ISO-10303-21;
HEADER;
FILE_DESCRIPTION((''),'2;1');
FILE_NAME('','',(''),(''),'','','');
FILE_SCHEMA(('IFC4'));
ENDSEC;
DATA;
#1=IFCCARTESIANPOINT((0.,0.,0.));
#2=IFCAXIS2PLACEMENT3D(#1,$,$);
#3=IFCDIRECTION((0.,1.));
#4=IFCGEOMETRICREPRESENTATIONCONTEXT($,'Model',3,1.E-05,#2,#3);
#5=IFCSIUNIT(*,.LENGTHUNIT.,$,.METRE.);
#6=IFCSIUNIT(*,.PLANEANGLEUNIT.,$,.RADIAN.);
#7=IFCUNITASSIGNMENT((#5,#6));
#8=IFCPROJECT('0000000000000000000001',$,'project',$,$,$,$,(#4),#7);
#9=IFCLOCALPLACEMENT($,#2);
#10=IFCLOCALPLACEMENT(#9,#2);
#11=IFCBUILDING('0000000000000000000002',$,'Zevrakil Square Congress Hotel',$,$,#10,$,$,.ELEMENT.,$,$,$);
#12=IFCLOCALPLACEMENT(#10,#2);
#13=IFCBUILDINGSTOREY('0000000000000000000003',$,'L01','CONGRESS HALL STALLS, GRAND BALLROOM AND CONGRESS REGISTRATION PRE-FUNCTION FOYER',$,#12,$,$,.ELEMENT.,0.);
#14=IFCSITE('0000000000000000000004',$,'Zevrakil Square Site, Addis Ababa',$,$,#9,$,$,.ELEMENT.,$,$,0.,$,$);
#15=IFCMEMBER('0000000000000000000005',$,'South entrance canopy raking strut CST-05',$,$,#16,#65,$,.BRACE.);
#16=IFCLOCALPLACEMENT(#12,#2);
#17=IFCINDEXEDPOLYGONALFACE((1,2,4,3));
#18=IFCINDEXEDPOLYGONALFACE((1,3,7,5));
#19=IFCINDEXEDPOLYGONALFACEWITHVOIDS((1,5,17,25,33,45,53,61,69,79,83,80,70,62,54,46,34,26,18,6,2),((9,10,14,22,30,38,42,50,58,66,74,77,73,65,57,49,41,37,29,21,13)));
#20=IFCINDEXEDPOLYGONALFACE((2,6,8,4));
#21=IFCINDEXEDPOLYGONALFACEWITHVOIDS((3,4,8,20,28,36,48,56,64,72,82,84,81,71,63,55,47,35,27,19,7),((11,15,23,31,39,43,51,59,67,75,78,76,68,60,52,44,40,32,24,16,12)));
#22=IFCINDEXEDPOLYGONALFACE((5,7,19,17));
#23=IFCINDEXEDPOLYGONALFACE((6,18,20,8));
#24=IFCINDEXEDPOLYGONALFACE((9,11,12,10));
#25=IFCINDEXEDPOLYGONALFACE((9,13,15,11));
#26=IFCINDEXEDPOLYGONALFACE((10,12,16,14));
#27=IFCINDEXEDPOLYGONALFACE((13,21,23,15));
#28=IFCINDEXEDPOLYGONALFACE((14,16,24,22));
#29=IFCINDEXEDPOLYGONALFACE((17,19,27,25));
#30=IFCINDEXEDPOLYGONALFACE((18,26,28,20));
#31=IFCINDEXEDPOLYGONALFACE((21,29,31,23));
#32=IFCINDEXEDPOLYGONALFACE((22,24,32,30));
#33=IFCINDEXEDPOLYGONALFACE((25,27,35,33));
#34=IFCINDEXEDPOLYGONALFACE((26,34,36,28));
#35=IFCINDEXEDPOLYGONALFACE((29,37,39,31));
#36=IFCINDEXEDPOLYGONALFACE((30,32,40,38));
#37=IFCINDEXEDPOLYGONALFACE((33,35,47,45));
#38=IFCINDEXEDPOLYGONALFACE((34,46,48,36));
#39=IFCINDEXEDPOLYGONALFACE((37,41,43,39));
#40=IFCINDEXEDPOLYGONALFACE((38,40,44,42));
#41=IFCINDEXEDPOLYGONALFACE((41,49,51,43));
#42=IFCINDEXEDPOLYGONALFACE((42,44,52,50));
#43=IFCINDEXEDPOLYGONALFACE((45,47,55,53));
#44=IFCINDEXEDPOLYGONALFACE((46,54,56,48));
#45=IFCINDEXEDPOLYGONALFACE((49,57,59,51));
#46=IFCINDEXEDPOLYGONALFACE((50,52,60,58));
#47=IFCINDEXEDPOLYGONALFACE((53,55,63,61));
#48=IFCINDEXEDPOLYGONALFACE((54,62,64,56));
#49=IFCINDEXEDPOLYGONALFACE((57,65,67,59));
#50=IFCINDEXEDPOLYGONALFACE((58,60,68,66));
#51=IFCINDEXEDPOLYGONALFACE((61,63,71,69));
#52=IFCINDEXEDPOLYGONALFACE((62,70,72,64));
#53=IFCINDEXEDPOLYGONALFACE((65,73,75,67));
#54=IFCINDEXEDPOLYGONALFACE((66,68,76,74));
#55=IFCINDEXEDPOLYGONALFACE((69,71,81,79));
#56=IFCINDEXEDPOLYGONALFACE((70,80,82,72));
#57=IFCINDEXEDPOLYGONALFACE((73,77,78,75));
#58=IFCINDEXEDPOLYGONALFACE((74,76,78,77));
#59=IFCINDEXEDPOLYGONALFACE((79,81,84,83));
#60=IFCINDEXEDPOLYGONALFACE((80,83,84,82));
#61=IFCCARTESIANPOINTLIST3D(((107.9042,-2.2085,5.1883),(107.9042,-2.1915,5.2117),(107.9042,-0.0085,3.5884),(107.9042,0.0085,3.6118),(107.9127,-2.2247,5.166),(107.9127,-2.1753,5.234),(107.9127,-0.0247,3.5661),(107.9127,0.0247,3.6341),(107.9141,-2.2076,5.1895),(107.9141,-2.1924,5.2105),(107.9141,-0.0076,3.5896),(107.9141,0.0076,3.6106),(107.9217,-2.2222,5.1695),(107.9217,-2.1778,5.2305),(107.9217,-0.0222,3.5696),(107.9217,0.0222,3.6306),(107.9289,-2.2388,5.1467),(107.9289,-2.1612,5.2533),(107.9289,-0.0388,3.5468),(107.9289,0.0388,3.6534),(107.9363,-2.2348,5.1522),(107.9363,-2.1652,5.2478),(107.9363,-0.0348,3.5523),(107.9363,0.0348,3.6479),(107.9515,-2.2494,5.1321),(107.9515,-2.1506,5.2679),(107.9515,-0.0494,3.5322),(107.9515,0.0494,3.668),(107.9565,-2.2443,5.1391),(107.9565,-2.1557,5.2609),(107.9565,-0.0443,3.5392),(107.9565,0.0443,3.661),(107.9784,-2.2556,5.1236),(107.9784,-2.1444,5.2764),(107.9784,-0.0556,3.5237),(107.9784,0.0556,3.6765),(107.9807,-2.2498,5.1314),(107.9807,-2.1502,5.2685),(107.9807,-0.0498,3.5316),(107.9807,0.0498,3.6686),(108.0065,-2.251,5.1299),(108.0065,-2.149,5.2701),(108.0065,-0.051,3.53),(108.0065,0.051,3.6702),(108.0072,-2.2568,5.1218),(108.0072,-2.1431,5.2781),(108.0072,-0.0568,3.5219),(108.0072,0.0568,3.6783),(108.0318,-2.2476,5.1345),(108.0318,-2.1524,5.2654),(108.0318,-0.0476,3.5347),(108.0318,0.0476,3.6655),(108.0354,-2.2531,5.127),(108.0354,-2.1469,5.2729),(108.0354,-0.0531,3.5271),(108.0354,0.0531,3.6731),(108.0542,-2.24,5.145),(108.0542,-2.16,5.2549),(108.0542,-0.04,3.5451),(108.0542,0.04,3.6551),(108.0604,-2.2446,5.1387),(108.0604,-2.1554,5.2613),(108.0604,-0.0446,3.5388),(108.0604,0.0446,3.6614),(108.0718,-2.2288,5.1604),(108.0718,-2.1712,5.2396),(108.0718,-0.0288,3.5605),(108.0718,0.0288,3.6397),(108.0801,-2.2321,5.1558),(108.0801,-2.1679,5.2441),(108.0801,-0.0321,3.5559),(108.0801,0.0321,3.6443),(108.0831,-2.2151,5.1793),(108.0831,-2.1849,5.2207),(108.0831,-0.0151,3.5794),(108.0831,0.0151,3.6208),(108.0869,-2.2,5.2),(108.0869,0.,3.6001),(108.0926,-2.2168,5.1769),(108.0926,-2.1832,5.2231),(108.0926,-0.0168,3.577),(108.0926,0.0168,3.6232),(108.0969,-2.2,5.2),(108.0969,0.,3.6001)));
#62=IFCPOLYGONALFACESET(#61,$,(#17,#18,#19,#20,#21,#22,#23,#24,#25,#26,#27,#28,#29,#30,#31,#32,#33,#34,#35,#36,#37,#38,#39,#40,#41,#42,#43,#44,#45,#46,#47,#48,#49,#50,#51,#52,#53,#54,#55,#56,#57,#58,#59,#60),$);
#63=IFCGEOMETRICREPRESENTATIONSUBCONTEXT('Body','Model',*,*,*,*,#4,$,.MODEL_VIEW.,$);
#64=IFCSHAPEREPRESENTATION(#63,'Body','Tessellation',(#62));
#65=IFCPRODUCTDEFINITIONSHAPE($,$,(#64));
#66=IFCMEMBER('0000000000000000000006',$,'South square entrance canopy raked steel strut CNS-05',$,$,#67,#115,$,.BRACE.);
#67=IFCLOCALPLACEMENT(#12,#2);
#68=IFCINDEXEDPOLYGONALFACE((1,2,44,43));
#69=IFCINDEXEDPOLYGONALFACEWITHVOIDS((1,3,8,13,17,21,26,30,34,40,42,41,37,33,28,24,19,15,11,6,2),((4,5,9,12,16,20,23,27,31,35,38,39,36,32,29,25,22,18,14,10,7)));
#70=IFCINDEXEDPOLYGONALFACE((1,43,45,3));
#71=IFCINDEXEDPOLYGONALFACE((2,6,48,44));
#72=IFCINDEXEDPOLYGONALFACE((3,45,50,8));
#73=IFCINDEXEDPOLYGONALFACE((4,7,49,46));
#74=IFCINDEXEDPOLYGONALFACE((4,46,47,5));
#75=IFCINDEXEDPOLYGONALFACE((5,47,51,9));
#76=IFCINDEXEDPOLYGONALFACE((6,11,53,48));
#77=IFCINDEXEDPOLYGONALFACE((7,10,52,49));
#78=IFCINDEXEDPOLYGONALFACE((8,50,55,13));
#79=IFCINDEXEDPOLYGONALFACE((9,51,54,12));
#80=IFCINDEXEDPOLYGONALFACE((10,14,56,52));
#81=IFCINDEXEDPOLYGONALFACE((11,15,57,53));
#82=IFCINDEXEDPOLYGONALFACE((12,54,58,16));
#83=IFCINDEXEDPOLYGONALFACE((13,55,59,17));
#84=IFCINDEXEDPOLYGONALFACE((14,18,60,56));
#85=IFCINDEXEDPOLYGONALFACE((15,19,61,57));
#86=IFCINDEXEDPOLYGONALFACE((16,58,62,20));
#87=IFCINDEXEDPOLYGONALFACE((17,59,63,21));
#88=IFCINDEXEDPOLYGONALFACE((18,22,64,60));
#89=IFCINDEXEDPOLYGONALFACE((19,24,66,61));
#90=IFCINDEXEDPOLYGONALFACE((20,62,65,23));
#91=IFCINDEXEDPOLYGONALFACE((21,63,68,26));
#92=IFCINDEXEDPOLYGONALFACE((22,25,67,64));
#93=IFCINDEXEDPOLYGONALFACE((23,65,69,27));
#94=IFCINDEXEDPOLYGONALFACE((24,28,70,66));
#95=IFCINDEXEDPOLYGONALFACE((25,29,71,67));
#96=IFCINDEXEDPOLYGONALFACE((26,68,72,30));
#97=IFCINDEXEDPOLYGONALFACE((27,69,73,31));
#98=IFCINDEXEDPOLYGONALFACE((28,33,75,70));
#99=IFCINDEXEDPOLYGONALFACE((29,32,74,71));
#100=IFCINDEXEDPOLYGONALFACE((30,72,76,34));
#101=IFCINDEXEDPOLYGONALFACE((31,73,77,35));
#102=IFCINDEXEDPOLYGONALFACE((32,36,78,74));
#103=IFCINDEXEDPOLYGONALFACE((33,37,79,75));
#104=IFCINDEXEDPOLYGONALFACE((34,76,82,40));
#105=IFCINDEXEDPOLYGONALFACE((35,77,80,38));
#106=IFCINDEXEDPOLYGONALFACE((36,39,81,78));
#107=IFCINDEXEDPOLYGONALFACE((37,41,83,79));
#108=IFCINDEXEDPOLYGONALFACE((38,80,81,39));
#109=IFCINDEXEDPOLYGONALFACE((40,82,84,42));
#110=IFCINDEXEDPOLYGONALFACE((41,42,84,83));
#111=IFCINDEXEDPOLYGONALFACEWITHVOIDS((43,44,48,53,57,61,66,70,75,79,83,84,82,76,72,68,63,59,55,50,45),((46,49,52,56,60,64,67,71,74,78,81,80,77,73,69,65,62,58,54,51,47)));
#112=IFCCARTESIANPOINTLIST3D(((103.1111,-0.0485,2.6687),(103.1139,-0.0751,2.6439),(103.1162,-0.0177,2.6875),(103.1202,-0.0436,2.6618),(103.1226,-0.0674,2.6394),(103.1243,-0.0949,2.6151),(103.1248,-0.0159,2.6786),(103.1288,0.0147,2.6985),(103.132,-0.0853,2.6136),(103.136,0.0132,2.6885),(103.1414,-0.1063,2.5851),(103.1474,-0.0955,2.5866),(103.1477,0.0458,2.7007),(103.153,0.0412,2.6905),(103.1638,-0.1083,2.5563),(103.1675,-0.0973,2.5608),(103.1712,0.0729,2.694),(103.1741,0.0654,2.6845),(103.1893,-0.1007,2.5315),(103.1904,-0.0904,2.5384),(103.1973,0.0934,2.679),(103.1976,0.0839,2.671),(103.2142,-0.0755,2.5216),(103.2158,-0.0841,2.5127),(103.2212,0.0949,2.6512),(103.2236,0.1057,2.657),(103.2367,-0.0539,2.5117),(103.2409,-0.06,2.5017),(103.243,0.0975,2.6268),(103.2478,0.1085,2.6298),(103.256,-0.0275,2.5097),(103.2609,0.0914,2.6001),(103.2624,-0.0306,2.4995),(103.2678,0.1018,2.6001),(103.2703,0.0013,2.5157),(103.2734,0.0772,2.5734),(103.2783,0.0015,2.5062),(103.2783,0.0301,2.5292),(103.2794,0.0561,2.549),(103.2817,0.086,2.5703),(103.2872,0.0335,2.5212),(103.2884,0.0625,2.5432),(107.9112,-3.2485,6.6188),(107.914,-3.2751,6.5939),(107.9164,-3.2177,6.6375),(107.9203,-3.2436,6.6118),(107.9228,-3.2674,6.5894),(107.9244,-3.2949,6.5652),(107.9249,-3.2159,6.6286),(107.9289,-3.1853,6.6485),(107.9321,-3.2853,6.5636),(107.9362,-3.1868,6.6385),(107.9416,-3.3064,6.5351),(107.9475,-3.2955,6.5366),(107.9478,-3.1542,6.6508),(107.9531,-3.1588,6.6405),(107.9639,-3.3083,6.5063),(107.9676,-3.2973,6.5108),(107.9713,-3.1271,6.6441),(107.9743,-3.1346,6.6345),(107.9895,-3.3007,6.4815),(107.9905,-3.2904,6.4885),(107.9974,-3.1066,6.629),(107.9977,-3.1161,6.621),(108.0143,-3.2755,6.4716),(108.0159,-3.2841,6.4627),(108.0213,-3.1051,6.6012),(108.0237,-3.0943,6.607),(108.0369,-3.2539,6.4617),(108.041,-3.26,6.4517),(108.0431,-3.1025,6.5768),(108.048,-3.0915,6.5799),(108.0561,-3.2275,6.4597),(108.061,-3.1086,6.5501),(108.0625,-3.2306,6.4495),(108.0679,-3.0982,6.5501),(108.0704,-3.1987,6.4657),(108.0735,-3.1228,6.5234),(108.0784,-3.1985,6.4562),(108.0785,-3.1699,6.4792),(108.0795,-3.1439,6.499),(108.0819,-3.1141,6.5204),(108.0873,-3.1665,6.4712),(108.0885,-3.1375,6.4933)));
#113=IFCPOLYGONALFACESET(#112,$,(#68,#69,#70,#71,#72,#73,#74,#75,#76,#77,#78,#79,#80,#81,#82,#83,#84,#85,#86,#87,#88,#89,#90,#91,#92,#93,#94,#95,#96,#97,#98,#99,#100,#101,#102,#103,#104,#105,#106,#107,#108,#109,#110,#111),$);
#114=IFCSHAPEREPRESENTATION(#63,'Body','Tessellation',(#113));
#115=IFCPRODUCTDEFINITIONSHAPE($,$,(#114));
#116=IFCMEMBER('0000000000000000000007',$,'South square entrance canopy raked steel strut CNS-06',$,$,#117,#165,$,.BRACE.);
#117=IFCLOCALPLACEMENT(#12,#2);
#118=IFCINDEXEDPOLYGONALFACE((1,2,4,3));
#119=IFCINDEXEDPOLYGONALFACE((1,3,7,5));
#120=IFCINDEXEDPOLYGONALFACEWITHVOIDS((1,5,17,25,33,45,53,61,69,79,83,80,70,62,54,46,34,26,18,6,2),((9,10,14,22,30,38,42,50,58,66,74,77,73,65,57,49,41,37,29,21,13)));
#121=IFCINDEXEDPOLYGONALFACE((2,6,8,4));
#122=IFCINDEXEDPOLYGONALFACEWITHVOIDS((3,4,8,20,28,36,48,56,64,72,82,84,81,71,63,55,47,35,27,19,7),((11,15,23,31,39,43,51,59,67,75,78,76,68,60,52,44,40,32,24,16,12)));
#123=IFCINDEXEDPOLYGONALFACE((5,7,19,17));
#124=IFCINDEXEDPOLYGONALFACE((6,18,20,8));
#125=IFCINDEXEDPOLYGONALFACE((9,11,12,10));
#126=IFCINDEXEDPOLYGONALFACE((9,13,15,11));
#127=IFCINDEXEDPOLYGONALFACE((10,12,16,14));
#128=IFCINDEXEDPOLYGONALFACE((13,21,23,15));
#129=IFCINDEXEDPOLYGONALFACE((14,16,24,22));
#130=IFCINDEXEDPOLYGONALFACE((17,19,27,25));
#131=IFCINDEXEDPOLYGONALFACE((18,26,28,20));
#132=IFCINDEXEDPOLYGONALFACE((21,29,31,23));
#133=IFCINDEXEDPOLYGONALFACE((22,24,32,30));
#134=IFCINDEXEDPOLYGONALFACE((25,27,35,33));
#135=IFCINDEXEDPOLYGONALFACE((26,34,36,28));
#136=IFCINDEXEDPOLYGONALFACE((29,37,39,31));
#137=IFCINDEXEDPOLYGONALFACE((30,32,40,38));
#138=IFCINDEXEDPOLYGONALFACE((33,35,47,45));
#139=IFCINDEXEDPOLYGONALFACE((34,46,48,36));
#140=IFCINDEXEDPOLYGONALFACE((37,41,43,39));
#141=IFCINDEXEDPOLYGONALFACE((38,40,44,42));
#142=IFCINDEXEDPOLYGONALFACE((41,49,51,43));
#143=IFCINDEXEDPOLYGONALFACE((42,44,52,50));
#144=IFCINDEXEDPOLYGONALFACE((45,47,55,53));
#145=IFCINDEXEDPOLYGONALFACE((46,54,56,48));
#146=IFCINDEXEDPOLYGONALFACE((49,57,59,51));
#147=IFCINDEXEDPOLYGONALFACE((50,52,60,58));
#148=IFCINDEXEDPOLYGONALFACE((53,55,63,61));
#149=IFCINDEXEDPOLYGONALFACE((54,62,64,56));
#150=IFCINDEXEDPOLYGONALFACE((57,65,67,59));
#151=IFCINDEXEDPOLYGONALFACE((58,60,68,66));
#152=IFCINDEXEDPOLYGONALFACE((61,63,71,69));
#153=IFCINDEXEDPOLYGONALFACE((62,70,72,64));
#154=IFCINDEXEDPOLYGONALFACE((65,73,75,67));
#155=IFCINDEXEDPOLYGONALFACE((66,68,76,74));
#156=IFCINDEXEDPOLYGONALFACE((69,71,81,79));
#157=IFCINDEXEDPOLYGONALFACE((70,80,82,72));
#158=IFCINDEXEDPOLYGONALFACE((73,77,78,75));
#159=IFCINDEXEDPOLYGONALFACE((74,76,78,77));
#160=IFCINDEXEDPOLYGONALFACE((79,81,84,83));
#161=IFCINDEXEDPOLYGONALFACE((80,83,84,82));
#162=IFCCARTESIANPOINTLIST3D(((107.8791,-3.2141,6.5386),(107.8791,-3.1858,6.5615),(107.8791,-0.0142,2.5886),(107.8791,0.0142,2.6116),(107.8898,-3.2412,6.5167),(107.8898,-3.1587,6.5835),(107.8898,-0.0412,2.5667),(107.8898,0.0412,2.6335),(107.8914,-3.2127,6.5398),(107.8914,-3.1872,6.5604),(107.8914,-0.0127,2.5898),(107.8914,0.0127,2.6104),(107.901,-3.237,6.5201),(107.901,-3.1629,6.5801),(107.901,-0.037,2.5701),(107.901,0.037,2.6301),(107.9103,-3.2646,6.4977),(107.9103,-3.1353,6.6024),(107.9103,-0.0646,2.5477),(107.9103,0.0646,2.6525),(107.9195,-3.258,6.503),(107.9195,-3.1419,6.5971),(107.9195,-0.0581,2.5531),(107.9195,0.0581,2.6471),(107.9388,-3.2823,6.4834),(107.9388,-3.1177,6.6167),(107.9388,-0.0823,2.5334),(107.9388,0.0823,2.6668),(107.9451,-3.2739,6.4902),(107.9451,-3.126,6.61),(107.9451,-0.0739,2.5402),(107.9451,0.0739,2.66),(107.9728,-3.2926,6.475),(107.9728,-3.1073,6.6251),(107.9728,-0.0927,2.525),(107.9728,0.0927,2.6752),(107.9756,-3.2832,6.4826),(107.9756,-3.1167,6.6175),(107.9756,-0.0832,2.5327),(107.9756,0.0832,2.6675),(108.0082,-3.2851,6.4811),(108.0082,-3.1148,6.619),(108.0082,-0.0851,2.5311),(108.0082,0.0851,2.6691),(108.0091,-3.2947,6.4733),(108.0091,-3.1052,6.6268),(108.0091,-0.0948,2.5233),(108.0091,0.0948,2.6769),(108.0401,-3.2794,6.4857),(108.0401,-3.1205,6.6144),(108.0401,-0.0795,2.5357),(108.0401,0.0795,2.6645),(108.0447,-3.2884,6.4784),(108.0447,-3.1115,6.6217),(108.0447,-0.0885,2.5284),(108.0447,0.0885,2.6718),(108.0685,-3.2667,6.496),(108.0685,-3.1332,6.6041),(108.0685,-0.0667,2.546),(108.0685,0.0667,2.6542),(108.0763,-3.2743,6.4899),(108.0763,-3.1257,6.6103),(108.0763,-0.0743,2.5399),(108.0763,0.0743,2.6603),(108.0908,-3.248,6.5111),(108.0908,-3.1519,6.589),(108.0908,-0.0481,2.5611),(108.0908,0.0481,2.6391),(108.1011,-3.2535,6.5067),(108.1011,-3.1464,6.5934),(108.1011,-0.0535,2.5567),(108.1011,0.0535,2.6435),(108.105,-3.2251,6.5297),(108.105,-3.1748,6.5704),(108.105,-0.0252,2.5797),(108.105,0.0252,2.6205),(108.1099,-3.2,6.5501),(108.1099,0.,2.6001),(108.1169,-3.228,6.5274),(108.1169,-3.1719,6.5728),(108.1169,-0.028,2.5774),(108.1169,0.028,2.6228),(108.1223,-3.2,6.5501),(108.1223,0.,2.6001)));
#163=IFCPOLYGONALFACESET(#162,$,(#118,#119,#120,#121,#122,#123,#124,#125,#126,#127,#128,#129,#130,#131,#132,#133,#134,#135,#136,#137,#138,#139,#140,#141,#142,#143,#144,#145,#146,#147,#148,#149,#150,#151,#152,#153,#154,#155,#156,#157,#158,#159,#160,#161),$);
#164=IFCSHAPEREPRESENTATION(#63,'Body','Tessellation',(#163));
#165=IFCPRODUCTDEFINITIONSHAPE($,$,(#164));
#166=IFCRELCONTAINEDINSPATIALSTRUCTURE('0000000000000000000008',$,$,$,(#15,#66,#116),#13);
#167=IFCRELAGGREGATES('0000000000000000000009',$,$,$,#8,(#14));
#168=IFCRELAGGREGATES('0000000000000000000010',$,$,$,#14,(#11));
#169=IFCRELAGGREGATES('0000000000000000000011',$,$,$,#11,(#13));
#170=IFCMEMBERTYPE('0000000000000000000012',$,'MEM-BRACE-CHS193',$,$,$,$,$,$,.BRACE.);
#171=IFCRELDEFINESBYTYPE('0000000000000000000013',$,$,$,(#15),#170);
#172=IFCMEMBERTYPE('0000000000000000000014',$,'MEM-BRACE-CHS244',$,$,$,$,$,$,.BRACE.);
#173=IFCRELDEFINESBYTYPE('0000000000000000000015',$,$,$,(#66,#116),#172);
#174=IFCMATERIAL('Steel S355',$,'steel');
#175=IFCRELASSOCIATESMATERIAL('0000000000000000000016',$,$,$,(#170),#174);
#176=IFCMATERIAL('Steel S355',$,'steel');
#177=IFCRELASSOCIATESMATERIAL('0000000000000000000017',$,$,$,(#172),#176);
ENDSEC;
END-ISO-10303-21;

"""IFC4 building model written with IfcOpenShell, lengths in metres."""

from ifc_helpers import new_model, si_unit, direction, frame, origin, origin_2d, place, context, subcontext, project, spatial, hollow_circle, extrude, material, material_profile, profile_set, type_object, element, save


model = new_model("IFC4")

# Units and contexts
model_context = context("Model", 3, precision=1e-05, world=origin(), true_north=direction((0.0, 1.0)))
body_context = subcontext(model_context, "Body", "Model", "MODEL_VIEW")
ifc_project = project(units=[si_unit("LENGTHUNIT", "METRE"), si_unit("PLANEANGLEUNIT", "RADIAN")], contexts=[model_context])

# Site, building, storey
site_placement = place(None, origin())
site = spatial("IfcSite", under=ifc_project, at=site_placement, Name="Zevrakil Square Site, Addis Ababa", CompositionType="ELEMENT", RefElevation=0.0)
building_placement = place(site_placement, origin())
building = spatial("IfcBuilding", under=site, at=building_placement, Name="Zevrakil Square Congress Hotel", CompositionType="ELEMENT")
storey_placement = place(building_placement, origin())
storey = spatial("IfcBuildingStorey", under=building, at=storey_placement, Name="L01", Description="CONGRESS HALL STALLS, GRAND BALLROOM AND CONGRESS REGISTRATION PRE-FUNCTION FOYER", CompositionType="ELEMENT", Elevation=0.0)

# Members
ifc_material_1 = material(Name="Steel S355", Category="steel")
ifc_material_profile_1 = material_profile(ifc_material_1, hollow_circle(Radius=0.0969, WallThickness=0.01, at=origin_2d()), Name="CHS 193.7x10")
ifc_profile_set_1 = profile_set([ifc_material_profile_1], Name="Steel S355")
member_type_1 = type_object("IfcMemberType", Name="MEM-BRACE-CHS193", PredefinedType="BRACE", material=ifc_profile_set_1)
member_1_placement = place(storey_placement, frame((108.0, 0.0, 3.6001), z_axis=(0.0, -0.808755, 0.588145), x_axis=(1.0, 0.0, 0.0)))
element("IfcMember", 1, at=member_1_placement, inside=storey, type_object=member_type_1, Name="South entrance canopy raking strut CST-05", PredefinedType="BRACE", context=body_context, shape_type="SweptSolid", body=[
    extrude(hollow_circle(Radius=0.0969, WallThickness=0.01, at=origin_2d()), origin(), (0.0, 0.0, 1.0), 2.7202),
])
ifc_material_2 = material(Name="Steel S355", Category="steel")
ifc_material_profile_2 = material_profile(ifc_material_2, hollow_circle(Radius=0.1223, WallThickness=0.0125, at=origin_2d()), Name="CHS 244.5x12.5")
ifc_profile_set_2 = profile_set([ifc_material_profile_2], Name="Steel S355")
member_type_2 = type_object("IfcMemberType", Name="MEM-BRACE-CHS244", PredefinedType="BRACE", material=ifc_profile_set_2)
member_2_placement = place(storey_placement, frame((103.2, 0.0, 2.6001), z_axis=(0.686547, -0.457686, 0.564958), x_axis=(0.55469, 0.832057, 0.0)))
element("IfcMember", 2, at=member_2_placement, inside=storey, type_object=member_type_2, Name="South square entrance canopy raked steel strut CNS-05", PredefinedType="BRACE", context=body_context, shape_type="SweptSolid", body=[
    extrude(hollow_circle(Radius=0.1223, WallThickness=0.0125, at=origin_2d()), origin(), (0.0, 0.0, 1.0), 6.9917),
])
member_3_placement = place(storey_placement, frame((108.0, 0.0, 2.6001), z_axis=(0.0, -0.62948, 0.777017), x_axis=(1.0, 0.0, 0.0)))
element("IfcMember", 3, at=member_3_placement, inside=storey, type_object=member_type_2, Name="South square entrance canopy raked steel strut CNS-06", PredefinedType="BRACE", context=body_context, shape_type="SweptSolid", body=[
    extrude(hollow_circle(Radius=0.1223, WallThickness=0.0125, at=origin_2d()), origin(), (0.0, 0.0, 1.0), 5.0835),
])

save(model, "model.ifc")
